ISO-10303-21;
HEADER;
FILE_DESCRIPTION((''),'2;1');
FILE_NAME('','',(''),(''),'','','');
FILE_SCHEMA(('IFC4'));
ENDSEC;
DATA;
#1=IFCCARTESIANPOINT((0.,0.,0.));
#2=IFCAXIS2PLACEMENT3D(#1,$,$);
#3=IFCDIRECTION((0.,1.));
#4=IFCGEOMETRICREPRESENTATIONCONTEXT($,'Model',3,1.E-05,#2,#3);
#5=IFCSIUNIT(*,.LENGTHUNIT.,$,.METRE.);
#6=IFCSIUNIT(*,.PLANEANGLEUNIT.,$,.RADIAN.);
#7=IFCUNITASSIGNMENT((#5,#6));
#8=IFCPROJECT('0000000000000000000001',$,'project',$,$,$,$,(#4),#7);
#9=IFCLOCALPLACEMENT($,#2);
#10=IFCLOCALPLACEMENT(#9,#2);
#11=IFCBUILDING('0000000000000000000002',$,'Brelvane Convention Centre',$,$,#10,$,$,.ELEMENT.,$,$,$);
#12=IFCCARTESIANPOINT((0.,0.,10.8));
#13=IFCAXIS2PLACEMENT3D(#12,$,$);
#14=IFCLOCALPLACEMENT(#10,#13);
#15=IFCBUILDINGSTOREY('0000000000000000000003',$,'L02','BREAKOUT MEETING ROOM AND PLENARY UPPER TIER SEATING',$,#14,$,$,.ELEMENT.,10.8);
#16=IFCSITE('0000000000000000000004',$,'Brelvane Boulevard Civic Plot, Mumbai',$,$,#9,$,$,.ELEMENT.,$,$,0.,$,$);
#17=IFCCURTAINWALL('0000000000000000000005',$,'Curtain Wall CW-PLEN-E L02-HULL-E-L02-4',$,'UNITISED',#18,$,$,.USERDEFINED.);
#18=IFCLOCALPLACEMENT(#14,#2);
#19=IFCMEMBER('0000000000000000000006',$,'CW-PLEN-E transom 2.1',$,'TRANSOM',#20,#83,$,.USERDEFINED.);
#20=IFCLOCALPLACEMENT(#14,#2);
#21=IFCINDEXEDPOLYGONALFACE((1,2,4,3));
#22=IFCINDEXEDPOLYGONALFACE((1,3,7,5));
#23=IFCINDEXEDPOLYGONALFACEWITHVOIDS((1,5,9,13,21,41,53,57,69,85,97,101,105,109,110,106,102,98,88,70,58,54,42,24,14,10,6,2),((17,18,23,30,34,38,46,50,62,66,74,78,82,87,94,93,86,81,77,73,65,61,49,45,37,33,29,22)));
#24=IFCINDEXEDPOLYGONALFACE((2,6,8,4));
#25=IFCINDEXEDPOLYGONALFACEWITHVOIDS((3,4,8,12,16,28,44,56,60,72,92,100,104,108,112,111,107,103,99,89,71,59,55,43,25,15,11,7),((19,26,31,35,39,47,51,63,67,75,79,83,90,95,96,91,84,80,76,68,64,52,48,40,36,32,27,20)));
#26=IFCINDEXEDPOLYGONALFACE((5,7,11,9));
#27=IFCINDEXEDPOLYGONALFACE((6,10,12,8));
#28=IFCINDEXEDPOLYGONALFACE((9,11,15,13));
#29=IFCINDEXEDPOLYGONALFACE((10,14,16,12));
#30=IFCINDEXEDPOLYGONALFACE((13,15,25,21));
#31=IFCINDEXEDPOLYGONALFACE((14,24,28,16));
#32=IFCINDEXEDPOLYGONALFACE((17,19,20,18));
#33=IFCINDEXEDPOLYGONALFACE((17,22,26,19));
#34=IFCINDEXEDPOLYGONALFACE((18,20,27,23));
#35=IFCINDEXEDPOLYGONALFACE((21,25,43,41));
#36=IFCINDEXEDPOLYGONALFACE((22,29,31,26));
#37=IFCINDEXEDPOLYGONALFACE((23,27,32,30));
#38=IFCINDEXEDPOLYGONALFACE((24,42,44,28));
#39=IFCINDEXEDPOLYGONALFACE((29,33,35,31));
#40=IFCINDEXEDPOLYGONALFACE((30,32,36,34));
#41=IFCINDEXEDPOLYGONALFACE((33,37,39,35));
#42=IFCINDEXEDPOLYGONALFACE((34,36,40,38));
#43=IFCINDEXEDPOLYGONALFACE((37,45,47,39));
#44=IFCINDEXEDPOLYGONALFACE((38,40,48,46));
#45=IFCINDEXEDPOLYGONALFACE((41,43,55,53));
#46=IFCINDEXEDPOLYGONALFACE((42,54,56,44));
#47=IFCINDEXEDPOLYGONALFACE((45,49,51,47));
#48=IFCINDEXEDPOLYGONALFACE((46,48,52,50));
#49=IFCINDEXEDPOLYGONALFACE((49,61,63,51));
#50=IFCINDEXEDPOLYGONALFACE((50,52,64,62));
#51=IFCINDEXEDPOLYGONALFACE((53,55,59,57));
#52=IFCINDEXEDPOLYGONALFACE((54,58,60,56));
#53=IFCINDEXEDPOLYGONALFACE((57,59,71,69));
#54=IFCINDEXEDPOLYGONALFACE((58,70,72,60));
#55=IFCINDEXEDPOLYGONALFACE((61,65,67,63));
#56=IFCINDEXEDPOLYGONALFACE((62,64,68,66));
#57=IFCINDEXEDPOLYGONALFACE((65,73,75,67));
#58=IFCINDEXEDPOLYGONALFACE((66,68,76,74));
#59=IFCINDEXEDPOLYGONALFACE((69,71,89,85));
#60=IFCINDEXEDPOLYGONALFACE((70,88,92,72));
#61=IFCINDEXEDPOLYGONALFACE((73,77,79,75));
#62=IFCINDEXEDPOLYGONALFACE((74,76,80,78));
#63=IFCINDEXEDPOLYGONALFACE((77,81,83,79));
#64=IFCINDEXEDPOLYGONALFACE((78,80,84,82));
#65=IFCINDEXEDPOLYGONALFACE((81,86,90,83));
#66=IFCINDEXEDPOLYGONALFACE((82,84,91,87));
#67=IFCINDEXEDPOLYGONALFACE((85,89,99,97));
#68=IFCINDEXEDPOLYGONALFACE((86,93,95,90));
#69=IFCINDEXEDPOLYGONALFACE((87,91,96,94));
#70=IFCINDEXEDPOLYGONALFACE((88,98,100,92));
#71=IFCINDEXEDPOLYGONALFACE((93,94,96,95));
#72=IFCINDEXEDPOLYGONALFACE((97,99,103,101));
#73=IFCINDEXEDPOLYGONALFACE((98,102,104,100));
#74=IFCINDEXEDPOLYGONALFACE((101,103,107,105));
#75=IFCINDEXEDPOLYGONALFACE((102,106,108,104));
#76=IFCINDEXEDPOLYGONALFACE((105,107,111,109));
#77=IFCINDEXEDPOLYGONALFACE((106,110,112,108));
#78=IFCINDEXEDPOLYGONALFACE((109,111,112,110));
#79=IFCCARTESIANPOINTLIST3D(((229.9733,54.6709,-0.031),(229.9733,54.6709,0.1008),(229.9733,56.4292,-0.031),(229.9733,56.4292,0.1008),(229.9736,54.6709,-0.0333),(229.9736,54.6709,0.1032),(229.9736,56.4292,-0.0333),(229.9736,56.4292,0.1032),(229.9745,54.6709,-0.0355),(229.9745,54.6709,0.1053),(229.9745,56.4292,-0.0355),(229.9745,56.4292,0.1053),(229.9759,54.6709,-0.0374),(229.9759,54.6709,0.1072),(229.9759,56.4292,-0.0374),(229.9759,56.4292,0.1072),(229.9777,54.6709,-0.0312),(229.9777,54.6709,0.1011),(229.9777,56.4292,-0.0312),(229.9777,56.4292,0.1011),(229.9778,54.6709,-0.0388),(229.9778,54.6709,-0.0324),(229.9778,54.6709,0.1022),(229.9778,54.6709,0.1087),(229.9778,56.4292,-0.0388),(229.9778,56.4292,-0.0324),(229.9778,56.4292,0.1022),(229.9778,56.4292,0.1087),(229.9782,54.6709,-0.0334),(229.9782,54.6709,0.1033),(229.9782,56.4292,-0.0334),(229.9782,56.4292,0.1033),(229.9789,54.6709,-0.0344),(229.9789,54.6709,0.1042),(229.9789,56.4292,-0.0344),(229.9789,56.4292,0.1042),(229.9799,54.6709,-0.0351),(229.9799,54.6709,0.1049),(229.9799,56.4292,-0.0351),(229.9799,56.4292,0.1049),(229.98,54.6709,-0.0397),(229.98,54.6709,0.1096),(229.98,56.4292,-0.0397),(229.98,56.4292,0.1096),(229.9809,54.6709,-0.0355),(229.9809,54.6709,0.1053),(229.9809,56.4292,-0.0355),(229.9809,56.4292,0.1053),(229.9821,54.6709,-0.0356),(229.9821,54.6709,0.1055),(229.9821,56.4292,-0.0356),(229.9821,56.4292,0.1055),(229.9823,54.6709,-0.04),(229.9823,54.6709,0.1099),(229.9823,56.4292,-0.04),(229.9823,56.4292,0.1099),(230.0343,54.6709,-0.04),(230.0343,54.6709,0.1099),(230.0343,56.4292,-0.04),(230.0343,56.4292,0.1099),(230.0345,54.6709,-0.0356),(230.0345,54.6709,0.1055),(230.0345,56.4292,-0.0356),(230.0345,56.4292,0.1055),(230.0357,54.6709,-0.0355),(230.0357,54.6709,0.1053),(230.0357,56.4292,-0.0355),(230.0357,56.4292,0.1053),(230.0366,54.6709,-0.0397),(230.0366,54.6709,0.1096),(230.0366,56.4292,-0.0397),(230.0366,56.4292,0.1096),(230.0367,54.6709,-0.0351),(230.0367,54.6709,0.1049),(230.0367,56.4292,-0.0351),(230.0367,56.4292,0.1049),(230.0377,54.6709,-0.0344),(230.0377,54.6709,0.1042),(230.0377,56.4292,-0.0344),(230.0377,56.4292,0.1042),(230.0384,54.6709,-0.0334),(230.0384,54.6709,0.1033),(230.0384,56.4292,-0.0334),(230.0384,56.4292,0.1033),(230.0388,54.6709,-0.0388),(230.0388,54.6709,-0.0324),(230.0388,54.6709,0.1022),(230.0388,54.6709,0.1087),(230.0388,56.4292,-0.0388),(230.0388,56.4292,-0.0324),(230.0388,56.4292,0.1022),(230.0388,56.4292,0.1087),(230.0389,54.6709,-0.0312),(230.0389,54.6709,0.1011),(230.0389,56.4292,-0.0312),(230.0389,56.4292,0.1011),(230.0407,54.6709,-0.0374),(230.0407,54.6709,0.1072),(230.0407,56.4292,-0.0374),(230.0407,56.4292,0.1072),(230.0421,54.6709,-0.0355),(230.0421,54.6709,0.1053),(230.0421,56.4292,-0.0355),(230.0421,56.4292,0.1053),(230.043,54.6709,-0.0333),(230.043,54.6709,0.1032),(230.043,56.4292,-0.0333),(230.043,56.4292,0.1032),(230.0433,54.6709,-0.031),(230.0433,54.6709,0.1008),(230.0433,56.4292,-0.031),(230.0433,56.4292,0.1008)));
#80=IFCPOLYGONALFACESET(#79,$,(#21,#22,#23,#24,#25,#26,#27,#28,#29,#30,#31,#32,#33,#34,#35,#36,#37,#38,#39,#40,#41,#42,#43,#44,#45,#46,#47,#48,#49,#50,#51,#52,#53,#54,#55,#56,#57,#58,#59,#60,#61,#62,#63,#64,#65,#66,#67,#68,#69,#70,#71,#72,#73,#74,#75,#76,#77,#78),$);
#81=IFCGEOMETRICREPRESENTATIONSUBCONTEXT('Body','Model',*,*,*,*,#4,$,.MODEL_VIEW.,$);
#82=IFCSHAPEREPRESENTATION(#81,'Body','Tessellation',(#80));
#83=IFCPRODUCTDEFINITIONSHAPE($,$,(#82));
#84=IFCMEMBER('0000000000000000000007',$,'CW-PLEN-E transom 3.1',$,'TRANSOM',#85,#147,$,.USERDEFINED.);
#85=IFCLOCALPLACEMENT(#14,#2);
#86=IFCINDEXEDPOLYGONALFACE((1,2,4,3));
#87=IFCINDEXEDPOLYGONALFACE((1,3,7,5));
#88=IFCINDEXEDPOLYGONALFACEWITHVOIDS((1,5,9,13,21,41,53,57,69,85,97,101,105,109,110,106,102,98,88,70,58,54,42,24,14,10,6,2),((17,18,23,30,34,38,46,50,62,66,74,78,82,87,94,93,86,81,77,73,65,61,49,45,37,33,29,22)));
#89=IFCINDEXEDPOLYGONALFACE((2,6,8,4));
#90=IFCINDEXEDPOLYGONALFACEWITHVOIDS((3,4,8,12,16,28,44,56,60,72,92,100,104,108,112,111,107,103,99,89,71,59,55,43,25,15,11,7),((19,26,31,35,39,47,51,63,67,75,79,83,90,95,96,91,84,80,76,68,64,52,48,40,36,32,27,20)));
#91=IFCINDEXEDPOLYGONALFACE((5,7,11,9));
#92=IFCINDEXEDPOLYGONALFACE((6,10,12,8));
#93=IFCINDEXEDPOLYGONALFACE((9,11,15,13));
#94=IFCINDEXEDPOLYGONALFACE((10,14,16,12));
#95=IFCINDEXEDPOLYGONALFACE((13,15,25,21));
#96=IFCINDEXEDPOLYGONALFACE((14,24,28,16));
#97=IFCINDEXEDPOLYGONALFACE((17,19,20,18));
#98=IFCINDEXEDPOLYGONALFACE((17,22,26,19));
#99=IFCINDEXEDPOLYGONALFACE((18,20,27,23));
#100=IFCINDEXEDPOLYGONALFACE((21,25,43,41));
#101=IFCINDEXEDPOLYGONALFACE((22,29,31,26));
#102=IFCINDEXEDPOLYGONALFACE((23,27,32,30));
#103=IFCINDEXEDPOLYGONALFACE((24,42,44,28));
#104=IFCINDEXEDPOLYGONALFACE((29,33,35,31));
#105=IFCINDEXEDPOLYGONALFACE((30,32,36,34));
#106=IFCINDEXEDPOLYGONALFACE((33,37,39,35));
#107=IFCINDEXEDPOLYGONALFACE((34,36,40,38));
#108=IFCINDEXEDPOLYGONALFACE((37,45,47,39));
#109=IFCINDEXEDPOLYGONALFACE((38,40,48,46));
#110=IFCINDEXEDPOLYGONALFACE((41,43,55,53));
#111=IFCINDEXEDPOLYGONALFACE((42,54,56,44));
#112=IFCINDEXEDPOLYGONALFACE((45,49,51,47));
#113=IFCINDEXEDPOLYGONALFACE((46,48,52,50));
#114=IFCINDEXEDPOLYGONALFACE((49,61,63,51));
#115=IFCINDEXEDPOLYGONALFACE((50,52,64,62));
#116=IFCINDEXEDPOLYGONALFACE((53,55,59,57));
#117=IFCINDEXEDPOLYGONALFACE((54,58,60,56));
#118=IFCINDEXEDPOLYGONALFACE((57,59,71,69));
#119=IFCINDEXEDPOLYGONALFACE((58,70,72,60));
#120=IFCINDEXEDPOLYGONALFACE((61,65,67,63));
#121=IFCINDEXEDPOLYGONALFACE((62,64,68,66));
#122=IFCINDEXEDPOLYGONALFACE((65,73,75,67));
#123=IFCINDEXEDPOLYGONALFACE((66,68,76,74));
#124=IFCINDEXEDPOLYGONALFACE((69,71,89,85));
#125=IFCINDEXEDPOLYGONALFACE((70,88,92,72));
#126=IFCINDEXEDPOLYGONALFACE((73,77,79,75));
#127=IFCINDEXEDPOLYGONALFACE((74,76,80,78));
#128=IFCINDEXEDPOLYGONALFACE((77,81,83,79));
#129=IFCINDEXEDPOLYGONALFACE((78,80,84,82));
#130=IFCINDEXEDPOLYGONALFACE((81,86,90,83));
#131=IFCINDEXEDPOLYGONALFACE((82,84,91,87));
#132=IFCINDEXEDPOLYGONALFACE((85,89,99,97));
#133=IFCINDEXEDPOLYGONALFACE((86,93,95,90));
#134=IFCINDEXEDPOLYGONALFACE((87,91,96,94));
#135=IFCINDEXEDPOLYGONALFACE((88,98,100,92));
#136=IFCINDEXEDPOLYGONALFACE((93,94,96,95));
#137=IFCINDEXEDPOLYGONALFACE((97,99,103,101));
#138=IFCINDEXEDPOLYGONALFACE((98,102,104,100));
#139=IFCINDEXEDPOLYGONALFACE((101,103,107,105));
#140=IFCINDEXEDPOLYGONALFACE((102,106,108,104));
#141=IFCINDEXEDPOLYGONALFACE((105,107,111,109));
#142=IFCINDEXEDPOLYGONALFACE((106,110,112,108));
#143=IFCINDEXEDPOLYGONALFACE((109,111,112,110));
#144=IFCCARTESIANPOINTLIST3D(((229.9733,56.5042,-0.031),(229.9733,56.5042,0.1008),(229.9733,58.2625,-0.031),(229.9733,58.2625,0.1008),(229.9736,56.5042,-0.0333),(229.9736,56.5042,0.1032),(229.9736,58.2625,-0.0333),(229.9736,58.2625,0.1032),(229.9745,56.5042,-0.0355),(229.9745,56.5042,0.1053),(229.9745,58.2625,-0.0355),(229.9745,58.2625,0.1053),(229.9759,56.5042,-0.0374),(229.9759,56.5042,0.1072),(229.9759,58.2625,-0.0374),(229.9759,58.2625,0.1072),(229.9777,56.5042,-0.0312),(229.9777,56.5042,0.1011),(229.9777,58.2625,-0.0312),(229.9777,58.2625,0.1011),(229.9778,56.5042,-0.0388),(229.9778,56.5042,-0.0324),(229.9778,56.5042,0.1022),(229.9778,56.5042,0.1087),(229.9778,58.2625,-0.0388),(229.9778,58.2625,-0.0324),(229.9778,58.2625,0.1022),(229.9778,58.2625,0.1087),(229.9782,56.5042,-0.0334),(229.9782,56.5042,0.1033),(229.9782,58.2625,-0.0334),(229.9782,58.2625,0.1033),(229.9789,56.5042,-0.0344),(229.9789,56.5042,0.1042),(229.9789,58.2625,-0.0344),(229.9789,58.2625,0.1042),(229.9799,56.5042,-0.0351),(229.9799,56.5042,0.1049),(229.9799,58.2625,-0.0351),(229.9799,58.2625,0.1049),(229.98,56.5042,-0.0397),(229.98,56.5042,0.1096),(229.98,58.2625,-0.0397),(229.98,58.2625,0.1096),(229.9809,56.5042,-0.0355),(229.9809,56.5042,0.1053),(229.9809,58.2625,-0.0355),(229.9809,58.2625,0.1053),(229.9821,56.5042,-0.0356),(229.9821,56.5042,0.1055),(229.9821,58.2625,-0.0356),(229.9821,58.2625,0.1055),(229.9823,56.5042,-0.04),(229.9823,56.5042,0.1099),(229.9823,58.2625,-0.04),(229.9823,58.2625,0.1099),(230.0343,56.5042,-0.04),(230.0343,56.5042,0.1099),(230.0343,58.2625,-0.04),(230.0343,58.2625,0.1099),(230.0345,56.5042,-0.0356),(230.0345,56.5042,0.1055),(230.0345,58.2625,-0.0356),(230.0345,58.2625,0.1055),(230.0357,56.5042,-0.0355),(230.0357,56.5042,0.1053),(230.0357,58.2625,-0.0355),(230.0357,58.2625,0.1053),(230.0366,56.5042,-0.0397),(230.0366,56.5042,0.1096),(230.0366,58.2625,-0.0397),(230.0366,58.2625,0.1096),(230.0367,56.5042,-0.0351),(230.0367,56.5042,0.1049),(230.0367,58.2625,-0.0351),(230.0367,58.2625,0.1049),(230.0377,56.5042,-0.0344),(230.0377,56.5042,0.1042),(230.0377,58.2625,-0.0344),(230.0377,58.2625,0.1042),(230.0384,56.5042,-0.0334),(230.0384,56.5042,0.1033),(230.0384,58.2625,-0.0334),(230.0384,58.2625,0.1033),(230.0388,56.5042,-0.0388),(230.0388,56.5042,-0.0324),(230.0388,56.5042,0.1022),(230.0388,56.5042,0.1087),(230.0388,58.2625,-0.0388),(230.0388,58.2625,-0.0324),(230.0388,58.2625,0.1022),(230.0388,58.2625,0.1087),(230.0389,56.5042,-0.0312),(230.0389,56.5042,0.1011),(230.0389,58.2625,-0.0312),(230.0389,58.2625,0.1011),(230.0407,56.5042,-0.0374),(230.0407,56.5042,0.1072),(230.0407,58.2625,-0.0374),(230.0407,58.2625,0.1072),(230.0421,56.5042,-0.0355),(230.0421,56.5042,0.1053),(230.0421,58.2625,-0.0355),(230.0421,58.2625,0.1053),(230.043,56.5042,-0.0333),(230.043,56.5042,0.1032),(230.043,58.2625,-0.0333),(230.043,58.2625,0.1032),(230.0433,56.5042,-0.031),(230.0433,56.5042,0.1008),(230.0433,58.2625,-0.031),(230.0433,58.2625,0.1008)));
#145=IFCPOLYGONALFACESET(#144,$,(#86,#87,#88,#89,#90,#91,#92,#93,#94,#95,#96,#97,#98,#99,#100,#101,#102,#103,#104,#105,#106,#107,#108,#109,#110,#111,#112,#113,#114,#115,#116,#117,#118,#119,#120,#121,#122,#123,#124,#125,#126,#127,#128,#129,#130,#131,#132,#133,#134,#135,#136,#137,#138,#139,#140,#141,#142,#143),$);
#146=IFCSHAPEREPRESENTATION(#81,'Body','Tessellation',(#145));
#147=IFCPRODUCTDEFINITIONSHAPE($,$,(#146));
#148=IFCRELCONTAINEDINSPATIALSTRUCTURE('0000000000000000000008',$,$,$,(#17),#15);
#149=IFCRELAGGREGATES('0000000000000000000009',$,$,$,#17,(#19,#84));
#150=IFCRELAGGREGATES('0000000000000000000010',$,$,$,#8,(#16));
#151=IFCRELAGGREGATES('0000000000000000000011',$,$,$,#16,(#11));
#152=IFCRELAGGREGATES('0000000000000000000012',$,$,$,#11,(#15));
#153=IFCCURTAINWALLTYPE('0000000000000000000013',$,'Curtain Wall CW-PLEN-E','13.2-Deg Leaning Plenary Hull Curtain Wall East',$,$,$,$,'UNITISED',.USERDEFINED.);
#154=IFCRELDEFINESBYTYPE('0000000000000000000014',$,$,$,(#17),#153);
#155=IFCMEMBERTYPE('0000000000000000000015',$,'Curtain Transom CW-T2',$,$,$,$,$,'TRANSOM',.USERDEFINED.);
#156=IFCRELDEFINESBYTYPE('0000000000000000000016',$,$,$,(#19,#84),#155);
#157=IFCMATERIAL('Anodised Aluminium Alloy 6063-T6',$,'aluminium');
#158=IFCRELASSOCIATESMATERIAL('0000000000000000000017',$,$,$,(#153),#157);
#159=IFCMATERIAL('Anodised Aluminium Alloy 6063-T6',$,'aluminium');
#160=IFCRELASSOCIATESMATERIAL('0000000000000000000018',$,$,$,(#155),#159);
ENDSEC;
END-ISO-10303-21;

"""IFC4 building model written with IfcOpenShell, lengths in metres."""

from ifc_helpers import new_model, si_unit, direction, frame, origin, origin_2d, place, context, subcontext, project, spatial, hollow_rectangle, extrude, material, material_profile, profile_set, type_object, element, aggregate, save


model = new_model("IFC4")

# Units and contexts
model_context = context("Model", 3, precision=1e-05, world=origin(), true_north=direction((0.0, 1.0)))
body_context = subcontext(model_context, "Body", "Model", "MODEL_VIEW")
ifc_project = project(units=[si_unit("LENGTHUNIT", "METRE"), si_unit("PLANEANGLEUNIT", "RADIAN")], contexts=[model_context])

# Site, building, storey
site_placement = place(None, origin())
site = spatial("IfcSite", under=ifc_project, at=site_placement, Name="Brelvane Boulevard Civic Plot, Mumbai", CompositionType="ELEMENT", RefElevation=0.0)
building_placement = place(site_placement, origin())
building = spatial("IfcBuilding", under=site, at=building_placement, Name="Brelvane Convention Centre", CompositionType="ELEMENT")
storey_placement = place(building_placement, frame((0.0, 0.0, 10.8)))
storey = spatial("IfcBuildingStorey", under=building, at=storey_placement, Name="L02", Description="BREAKOUT MEETING ROOM AND PLENARY UPPER TIER SEATING", CompositionType="ELEMENT", Elevation=10.8)

# Curtain wall
ifc_material_1 = material(Name="Anodised Aluminium Alloy 6063-T6", Category="aluminium")
curtain_wall_type = type_object("IfcCurtainWallType", Name="Curtain Wall CW-PLEN-E", Description="13.2-Deg Leaning Plenary Hull Curtain Wall East", ElementType="UNITISED", PredefinedType="USERDEFINED", material=ifc_material_1)
curtain_wall_1_placement = place(storey_placement, origin())
curtain_wall_1 = element("IfcCurtainWall", 1, at=curtain_wall_1_placement, inside=storey, type_object=curtain_wall_type, Name="Curtain Wall CW-PLEN-E L02-HULL-E-L02-4", ObjectType="UNITISED", PredefinedType="USERDEFINED")

# Members
ifc_material_2 = material(Name="Anodised Aluminium Alloy 6063-T6", Category="aluminium")
ifc_material_profile_1 = material_profile(ifc_material_2, hollow_rectangle(XDim=0.0701, YDim=0.1499, WallThickness=0.0044, InnerFilletRadius=0.0044, OuterFilletRadius=0.009, at=origin_2d()), Name="ALU-T 150x70x4.5")
ifc_profile_set_1 = profile_set([ifc_material_profile_1], Name="Anodised Aluminium Alloy 6063-T6")
member_type_1 = type_object("IfcMemberType", Name="Curtain Transom CW-T2", ElementType="TRANSOM", PredefinedType="USERDEFINED", material=ifc_profile_set_1)
member_1_placement = place(storey_placement, frame((230.0083, 54.6709, 0.0349), z_axis=(0.0, 1.0, 0.0), x_axis=(-1.0, 0.0, 0.0)))
member_1 = element("IfcMember", 2, at=member_1_placement, type_object=member_type_1, Name="CW-PLEN-E transom 2.1", ObjectType="TRANSOM", PredefinedType="USERDEFINED", context=body_context, shape_type="SweptSolid", body=[
    extrude(hollow_rectangle(XDim=0.0701, YDim=0.1499, WallThickness=0.0044, InnerFilletRadius=0.0044, OuterFilletRadius=0.009, at=origin_2d()), origin(), (0.0, 0.0, 1.0), 1.7583),
])
member_2_placement = place(storey_placement, frame((230.0083, 56.5042, 0.0349), z_axis=(0.0, 1.0, 0.0), x_axis=(-1.0, 0.0, 0.0)))
member_2 = element("IfcMember", 3, at=member_2_placement, type_object=member_type_1, Name="CW-PLEN-E transom 3.1", ObjectType="TRANSOM", PredefinedType="USERDEFINED", context=body_context, shape_type="SweptSolid", body=[
    extrude(hollow_rectangle(XDim=0.0701, YDim=0.1499, WallThickness=0.0044, InnerFilletRadius=0.0044, OuterFilletRadius=0.009, at=origin_2d()), origin(), (0.0, 0.0, 1.0), 1.7583),
])
aggregate(curtain_wall_1, [member_1, member_2])

save(model, "model.ifc")
